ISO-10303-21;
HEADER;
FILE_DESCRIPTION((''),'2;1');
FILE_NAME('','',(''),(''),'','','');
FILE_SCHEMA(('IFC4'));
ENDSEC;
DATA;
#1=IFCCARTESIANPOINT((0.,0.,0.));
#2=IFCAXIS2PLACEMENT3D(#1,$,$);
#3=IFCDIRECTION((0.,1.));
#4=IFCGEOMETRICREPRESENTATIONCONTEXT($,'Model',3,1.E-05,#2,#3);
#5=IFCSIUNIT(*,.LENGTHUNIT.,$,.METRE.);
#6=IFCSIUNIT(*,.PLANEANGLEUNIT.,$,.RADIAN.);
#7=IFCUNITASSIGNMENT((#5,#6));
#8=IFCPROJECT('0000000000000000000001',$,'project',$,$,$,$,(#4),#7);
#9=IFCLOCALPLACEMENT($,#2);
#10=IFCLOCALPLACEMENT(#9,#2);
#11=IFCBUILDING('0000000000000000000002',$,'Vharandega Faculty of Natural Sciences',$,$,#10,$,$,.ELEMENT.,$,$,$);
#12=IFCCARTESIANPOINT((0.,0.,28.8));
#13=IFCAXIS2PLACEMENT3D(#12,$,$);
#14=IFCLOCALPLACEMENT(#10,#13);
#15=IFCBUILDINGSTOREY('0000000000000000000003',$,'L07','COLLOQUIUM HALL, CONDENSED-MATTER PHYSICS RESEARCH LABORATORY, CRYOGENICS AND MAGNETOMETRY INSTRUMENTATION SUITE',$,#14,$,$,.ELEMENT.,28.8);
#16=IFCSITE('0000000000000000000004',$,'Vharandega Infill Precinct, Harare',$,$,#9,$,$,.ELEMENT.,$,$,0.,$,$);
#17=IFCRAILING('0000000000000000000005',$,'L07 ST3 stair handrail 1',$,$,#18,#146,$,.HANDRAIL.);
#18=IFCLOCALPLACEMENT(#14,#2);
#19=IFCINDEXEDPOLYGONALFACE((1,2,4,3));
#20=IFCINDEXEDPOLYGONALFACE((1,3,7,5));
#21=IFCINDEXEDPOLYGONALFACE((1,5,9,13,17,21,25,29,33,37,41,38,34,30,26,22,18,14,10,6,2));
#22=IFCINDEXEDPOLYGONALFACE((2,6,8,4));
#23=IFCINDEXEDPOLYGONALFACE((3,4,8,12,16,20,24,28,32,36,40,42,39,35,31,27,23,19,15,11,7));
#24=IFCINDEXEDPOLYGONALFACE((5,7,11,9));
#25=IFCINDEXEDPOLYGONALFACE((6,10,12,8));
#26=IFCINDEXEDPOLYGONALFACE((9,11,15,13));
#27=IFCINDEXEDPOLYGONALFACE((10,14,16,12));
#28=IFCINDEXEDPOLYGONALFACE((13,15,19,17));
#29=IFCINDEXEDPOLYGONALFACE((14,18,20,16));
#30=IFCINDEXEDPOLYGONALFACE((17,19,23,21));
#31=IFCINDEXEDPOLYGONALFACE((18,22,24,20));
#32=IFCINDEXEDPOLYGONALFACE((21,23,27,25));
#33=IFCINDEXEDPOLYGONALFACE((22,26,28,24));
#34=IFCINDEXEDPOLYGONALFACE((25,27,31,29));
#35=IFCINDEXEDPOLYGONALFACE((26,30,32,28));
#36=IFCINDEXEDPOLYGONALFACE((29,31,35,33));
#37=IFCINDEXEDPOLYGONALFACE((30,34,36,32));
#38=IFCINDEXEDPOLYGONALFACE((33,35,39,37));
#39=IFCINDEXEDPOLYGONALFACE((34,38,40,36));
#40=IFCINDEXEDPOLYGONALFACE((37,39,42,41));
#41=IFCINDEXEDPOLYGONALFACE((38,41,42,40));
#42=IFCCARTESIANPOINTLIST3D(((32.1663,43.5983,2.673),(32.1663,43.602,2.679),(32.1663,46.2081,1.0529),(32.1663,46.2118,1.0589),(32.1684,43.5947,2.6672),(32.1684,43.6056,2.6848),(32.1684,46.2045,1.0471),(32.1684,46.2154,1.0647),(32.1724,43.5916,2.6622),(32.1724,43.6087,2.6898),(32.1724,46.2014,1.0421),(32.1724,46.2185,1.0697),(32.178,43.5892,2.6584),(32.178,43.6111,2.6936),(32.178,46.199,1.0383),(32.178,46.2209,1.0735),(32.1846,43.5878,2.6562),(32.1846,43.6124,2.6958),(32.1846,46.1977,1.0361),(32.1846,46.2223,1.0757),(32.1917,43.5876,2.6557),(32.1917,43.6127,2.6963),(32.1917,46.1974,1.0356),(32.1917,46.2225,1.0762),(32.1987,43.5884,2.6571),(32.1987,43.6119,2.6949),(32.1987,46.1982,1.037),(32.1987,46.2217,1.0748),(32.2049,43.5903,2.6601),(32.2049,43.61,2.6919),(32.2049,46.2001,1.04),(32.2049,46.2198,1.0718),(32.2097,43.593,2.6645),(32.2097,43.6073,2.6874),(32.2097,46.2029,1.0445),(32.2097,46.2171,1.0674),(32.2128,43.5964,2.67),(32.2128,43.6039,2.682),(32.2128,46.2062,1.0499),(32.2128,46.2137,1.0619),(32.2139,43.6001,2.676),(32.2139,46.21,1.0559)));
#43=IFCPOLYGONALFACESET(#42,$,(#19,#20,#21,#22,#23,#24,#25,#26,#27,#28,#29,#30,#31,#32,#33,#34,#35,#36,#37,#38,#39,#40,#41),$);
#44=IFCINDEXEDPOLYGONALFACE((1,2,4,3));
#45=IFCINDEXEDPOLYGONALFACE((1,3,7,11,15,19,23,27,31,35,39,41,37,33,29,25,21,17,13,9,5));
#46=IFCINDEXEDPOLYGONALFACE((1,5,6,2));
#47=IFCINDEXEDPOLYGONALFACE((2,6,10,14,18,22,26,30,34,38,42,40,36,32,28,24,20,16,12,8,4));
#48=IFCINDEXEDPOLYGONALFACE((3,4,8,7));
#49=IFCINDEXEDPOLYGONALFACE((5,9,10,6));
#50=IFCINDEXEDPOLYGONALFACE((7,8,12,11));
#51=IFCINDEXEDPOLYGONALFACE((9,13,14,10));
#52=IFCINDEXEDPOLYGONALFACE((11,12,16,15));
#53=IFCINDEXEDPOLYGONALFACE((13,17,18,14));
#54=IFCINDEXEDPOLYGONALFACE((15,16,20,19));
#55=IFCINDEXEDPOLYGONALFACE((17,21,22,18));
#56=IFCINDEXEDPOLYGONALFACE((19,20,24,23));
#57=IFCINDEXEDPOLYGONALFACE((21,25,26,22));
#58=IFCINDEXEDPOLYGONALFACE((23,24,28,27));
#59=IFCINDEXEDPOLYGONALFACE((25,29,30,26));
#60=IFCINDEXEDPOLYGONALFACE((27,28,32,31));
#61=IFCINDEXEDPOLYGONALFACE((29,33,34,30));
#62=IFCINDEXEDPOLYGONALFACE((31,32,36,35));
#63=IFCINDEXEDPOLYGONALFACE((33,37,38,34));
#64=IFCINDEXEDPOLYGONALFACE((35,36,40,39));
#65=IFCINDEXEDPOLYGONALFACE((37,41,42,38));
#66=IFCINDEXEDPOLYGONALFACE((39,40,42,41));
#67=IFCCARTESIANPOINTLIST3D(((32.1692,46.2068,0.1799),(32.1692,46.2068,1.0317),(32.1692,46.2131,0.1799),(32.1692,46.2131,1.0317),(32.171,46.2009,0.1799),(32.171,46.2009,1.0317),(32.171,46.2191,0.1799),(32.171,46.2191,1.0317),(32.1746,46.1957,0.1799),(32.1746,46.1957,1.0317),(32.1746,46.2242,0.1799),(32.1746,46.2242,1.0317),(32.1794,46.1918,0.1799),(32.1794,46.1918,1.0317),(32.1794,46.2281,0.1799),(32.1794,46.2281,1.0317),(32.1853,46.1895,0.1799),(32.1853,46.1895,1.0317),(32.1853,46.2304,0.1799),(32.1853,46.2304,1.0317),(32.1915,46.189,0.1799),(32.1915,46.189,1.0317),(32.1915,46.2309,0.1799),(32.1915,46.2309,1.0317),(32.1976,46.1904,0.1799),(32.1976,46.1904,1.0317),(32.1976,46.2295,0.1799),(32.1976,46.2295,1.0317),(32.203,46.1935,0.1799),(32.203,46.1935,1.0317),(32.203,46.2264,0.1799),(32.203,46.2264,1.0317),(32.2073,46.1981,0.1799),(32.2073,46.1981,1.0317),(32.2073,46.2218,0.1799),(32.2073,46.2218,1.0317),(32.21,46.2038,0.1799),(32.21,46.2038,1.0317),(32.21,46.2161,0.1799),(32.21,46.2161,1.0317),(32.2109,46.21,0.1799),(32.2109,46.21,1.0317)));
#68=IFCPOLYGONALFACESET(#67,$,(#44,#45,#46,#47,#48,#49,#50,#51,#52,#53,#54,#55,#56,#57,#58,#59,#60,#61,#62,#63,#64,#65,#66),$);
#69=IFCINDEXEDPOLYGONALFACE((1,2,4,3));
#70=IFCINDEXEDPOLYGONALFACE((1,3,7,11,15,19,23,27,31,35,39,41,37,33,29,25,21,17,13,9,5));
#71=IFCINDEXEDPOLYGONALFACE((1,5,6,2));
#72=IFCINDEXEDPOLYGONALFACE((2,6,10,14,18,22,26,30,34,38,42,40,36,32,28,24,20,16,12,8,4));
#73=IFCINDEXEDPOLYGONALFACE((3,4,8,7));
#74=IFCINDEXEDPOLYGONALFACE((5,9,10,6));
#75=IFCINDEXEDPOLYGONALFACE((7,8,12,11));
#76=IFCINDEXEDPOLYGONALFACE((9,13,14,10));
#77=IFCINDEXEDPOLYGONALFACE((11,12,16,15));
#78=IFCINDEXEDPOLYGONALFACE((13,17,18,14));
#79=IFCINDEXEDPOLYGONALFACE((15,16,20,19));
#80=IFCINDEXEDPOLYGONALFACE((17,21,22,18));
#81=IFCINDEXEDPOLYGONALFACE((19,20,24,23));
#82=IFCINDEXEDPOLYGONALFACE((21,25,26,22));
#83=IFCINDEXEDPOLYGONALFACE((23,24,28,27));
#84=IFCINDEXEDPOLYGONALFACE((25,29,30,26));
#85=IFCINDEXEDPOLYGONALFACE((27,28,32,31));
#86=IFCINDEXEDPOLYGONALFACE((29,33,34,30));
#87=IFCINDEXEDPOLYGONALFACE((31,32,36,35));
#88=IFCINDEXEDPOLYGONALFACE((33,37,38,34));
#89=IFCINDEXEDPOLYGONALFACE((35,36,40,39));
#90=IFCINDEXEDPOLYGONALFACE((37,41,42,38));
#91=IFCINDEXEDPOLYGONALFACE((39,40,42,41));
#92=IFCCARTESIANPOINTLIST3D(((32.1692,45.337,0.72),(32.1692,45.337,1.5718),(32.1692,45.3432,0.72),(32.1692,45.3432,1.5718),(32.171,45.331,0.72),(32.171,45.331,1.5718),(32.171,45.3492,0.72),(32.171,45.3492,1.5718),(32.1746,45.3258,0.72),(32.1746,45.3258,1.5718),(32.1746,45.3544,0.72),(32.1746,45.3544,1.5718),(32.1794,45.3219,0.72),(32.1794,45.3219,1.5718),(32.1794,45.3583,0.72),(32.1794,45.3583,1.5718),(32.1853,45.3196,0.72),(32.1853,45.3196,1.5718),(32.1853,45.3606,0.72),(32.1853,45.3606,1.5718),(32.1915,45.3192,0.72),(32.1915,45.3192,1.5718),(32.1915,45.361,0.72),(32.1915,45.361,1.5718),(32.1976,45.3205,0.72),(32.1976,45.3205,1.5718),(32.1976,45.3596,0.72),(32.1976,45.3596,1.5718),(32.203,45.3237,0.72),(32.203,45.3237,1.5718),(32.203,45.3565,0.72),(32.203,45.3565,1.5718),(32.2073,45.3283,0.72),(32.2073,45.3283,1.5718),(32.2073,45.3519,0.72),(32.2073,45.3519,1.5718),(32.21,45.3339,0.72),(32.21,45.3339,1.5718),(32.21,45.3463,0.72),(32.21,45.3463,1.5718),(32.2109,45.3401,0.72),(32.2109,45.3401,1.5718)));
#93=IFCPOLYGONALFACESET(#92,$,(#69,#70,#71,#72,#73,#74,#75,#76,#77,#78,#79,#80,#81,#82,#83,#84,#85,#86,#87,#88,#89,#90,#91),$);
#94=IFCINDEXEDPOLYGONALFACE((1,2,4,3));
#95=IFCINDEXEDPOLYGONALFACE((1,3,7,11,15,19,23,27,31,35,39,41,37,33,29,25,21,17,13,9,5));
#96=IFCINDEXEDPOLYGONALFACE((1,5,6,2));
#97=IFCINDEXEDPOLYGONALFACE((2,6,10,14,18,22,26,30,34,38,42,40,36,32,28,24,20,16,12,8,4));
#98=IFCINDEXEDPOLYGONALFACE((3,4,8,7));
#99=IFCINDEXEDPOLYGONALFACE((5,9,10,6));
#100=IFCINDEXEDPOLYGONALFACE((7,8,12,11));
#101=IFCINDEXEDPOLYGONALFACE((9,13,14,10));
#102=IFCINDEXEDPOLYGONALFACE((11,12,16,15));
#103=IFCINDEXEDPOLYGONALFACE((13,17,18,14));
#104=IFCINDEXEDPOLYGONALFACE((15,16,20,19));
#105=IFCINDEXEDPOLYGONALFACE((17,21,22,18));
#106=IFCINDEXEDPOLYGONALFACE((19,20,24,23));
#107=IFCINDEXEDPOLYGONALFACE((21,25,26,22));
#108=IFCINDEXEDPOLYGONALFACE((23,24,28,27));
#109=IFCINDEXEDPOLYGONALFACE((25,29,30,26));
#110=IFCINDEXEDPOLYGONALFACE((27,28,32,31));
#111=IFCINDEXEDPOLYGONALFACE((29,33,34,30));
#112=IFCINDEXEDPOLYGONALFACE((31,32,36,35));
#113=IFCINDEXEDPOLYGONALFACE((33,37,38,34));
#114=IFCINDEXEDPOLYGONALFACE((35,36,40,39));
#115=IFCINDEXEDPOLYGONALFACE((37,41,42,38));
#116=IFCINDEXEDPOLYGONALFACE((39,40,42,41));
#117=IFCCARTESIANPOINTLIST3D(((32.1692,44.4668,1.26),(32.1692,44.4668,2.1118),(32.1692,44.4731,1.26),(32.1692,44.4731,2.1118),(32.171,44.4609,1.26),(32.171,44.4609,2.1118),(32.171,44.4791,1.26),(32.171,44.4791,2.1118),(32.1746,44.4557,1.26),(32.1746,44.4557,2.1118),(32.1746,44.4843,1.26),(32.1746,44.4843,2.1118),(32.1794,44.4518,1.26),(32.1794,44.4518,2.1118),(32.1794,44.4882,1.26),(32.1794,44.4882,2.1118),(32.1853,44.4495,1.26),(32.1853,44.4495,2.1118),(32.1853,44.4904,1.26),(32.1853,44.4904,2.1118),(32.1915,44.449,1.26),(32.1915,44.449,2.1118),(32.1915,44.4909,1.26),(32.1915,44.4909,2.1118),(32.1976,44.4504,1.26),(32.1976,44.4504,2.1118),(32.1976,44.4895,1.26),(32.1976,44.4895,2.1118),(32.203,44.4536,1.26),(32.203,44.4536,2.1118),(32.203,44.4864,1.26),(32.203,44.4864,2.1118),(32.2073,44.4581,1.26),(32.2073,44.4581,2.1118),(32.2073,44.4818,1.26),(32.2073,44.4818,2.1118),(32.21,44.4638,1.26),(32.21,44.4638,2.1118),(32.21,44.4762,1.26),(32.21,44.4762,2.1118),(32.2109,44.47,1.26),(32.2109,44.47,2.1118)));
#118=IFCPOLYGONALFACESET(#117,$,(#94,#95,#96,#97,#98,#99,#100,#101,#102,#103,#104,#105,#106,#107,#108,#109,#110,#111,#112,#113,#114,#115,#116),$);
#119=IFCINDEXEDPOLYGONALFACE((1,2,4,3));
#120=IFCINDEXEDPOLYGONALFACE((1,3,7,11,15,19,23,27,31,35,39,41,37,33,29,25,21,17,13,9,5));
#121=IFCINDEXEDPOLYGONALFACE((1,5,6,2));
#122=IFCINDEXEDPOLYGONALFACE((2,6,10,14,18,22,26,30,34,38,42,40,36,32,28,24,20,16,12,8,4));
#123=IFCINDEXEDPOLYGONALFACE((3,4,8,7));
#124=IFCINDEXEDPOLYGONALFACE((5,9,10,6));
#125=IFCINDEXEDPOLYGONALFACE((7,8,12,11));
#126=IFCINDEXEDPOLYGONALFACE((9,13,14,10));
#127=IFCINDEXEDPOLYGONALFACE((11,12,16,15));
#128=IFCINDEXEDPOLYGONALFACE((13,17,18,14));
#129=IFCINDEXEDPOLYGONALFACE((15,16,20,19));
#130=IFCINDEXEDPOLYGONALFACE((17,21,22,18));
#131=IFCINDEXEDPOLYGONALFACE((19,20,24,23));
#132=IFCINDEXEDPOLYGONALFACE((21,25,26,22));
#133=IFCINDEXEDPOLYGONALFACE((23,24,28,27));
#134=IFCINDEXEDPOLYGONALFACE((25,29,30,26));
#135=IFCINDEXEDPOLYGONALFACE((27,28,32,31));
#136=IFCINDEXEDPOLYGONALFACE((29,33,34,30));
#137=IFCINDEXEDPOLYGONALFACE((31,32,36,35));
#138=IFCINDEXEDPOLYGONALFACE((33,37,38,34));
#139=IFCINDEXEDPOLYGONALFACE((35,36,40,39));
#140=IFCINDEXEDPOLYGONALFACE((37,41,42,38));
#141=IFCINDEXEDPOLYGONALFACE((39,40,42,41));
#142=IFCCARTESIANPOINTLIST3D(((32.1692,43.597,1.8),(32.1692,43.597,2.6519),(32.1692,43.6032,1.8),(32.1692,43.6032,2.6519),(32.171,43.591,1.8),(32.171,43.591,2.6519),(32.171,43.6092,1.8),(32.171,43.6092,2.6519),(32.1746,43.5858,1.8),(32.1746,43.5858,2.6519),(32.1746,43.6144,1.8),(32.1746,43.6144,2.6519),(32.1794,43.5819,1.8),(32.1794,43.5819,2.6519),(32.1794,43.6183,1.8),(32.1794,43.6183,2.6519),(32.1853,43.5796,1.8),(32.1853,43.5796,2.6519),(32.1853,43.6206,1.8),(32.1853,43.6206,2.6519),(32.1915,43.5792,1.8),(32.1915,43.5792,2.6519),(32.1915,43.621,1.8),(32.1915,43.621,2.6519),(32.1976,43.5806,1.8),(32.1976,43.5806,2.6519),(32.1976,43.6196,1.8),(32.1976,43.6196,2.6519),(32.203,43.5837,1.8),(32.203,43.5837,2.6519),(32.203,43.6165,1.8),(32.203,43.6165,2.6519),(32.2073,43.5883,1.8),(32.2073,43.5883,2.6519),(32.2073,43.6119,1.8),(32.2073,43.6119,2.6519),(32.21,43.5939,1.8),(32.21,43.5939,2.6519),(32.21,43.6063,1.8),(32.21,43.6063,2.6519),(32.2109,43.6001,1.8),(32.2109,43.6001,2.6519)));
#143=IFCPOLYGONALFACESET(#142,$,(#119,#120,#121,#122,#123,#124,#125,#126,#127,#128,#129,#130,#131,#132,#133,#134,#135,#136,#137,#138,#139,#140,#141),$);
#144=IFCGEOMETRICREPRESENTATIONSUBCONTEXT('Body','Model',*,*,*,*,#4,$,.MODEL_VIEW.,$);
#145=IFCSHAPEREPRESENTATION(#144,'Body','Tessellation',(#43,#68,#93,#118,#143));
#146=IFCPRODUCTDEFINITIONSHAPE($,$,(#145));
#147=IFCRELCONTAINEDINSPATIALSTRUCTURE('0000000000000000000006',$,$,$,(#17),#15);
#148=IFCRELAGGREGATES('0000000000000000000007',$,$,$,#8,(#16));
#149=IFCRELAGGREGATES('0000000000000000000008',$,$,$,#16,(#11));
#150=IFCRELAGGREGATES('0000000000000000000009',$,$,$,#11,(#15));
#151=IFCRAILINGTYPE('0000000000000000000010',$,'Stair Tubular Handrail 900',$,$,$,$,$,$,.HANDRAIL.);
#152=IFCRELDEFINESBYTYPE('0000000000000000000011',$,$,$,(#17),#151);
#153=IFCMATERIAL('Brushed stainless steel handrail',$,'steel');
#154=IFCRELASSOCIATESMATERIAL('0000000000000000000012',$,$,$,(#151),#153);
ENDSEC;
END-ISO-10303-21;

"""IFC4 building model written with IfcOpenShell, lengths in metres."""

from ifc_helpers import new_model, si_unit, direction, frame, origin, origin_2d, place, context, subcontext, project, spatial, circle, extrude, material, type_object, element, save


model = new_model("IFC4")

# Units and contexts
model_context = context("Model", 3, precision=1e-05, world=origin(), true_north=direction((0.0, 1.0)))
body_context = subcontext(model_context, "Body", "Model", "MODEL_VIEW")
ifc_project = project(units=[si_unit("LENGTHUNIT", "METRE"), si_unit("PLANEANGLEUNIT", "RADIAN")], contexts=[model_context])

# Site, building, storey
site_placement = place(None, origin())
site = spatial("IfcSite", under=ifc_project, at=site_placement, Name="Vharandega Infill Precinct, Harare", CompositionType="ELEMENT", RefElevation=0.0)
building_placement = place(site_placement, origin())
building = spatial("IfcBuilding", under=site, at=building_placement, Name="Vharandega Faculty of Natural Sciences", CompositionType="ELEMENT")
storey_placement = place(building_placement, frame((0.0, 0.0, 28.8)))
storey = spatial("IfcBuildingStorey", under=building, at=storey_placement, Name="L07", Description="COLLOQUIUM HALL, CONDENSED-MATTER PHYSICS RESEARCH LABORATORY, CRYOGENICS AND MAGNETOMETRY INSTRUMENTATION SUITE", CompositionType="ELEMENT", Elevation=28.8)

# Railing
ifc_material_1 = material(Name="Brushed stainless steel handrail", Category="steel")
railing_type = type_object("IfcRailingType", Name="Stair Tubular Handrail 900", PredefinedType="HANDRAIL", material=ifc_material_1)
railing_placement = place(storey_placement, frame((32.1899, 46.21, 0.1799)))
element("IfcRailing", 1, at=railing_placement, inside=storey, type_object=railing_type, Name="L07 ST3 stair handrail 1", PredefinedType="HANDRAIL", context=body_context, shape_type="SweptSolid", body=[
    extrude(circle(Radius=0.0239, at=origin_2d()), frame((0.0, 0.0, 0.876), z_axis=(0.0, -0.849611, 0.52741), x_axis=(1.0, 0.0, 0.0)), (0.0, 0.0, 1.0), 3.0718),
    extrude(circle(Radius=0.021, at=origin_2d()), origin(), (0.0, 0.0, 1.0), 0.8518),
    extrude(circle(Radius=0.021, at=origin_2d()), frame((0.0, -0.8699, 0.54)), (0.0, 0.0, 1.0), 0.8518),
    extrude(circle(Radius=0.021, at=origin_2d()), frame((0.0, -1.74, 1.0801)), (0.0, 0.0, 1.0), 0.8518),
    extrude(circle(Radius=0.021, at=origin_2d()), frame((0.0, -2.6099, 1.6201)), (0.0, 0.0, 1.0), 0.8518),
])

save(model, "model.ifc")
